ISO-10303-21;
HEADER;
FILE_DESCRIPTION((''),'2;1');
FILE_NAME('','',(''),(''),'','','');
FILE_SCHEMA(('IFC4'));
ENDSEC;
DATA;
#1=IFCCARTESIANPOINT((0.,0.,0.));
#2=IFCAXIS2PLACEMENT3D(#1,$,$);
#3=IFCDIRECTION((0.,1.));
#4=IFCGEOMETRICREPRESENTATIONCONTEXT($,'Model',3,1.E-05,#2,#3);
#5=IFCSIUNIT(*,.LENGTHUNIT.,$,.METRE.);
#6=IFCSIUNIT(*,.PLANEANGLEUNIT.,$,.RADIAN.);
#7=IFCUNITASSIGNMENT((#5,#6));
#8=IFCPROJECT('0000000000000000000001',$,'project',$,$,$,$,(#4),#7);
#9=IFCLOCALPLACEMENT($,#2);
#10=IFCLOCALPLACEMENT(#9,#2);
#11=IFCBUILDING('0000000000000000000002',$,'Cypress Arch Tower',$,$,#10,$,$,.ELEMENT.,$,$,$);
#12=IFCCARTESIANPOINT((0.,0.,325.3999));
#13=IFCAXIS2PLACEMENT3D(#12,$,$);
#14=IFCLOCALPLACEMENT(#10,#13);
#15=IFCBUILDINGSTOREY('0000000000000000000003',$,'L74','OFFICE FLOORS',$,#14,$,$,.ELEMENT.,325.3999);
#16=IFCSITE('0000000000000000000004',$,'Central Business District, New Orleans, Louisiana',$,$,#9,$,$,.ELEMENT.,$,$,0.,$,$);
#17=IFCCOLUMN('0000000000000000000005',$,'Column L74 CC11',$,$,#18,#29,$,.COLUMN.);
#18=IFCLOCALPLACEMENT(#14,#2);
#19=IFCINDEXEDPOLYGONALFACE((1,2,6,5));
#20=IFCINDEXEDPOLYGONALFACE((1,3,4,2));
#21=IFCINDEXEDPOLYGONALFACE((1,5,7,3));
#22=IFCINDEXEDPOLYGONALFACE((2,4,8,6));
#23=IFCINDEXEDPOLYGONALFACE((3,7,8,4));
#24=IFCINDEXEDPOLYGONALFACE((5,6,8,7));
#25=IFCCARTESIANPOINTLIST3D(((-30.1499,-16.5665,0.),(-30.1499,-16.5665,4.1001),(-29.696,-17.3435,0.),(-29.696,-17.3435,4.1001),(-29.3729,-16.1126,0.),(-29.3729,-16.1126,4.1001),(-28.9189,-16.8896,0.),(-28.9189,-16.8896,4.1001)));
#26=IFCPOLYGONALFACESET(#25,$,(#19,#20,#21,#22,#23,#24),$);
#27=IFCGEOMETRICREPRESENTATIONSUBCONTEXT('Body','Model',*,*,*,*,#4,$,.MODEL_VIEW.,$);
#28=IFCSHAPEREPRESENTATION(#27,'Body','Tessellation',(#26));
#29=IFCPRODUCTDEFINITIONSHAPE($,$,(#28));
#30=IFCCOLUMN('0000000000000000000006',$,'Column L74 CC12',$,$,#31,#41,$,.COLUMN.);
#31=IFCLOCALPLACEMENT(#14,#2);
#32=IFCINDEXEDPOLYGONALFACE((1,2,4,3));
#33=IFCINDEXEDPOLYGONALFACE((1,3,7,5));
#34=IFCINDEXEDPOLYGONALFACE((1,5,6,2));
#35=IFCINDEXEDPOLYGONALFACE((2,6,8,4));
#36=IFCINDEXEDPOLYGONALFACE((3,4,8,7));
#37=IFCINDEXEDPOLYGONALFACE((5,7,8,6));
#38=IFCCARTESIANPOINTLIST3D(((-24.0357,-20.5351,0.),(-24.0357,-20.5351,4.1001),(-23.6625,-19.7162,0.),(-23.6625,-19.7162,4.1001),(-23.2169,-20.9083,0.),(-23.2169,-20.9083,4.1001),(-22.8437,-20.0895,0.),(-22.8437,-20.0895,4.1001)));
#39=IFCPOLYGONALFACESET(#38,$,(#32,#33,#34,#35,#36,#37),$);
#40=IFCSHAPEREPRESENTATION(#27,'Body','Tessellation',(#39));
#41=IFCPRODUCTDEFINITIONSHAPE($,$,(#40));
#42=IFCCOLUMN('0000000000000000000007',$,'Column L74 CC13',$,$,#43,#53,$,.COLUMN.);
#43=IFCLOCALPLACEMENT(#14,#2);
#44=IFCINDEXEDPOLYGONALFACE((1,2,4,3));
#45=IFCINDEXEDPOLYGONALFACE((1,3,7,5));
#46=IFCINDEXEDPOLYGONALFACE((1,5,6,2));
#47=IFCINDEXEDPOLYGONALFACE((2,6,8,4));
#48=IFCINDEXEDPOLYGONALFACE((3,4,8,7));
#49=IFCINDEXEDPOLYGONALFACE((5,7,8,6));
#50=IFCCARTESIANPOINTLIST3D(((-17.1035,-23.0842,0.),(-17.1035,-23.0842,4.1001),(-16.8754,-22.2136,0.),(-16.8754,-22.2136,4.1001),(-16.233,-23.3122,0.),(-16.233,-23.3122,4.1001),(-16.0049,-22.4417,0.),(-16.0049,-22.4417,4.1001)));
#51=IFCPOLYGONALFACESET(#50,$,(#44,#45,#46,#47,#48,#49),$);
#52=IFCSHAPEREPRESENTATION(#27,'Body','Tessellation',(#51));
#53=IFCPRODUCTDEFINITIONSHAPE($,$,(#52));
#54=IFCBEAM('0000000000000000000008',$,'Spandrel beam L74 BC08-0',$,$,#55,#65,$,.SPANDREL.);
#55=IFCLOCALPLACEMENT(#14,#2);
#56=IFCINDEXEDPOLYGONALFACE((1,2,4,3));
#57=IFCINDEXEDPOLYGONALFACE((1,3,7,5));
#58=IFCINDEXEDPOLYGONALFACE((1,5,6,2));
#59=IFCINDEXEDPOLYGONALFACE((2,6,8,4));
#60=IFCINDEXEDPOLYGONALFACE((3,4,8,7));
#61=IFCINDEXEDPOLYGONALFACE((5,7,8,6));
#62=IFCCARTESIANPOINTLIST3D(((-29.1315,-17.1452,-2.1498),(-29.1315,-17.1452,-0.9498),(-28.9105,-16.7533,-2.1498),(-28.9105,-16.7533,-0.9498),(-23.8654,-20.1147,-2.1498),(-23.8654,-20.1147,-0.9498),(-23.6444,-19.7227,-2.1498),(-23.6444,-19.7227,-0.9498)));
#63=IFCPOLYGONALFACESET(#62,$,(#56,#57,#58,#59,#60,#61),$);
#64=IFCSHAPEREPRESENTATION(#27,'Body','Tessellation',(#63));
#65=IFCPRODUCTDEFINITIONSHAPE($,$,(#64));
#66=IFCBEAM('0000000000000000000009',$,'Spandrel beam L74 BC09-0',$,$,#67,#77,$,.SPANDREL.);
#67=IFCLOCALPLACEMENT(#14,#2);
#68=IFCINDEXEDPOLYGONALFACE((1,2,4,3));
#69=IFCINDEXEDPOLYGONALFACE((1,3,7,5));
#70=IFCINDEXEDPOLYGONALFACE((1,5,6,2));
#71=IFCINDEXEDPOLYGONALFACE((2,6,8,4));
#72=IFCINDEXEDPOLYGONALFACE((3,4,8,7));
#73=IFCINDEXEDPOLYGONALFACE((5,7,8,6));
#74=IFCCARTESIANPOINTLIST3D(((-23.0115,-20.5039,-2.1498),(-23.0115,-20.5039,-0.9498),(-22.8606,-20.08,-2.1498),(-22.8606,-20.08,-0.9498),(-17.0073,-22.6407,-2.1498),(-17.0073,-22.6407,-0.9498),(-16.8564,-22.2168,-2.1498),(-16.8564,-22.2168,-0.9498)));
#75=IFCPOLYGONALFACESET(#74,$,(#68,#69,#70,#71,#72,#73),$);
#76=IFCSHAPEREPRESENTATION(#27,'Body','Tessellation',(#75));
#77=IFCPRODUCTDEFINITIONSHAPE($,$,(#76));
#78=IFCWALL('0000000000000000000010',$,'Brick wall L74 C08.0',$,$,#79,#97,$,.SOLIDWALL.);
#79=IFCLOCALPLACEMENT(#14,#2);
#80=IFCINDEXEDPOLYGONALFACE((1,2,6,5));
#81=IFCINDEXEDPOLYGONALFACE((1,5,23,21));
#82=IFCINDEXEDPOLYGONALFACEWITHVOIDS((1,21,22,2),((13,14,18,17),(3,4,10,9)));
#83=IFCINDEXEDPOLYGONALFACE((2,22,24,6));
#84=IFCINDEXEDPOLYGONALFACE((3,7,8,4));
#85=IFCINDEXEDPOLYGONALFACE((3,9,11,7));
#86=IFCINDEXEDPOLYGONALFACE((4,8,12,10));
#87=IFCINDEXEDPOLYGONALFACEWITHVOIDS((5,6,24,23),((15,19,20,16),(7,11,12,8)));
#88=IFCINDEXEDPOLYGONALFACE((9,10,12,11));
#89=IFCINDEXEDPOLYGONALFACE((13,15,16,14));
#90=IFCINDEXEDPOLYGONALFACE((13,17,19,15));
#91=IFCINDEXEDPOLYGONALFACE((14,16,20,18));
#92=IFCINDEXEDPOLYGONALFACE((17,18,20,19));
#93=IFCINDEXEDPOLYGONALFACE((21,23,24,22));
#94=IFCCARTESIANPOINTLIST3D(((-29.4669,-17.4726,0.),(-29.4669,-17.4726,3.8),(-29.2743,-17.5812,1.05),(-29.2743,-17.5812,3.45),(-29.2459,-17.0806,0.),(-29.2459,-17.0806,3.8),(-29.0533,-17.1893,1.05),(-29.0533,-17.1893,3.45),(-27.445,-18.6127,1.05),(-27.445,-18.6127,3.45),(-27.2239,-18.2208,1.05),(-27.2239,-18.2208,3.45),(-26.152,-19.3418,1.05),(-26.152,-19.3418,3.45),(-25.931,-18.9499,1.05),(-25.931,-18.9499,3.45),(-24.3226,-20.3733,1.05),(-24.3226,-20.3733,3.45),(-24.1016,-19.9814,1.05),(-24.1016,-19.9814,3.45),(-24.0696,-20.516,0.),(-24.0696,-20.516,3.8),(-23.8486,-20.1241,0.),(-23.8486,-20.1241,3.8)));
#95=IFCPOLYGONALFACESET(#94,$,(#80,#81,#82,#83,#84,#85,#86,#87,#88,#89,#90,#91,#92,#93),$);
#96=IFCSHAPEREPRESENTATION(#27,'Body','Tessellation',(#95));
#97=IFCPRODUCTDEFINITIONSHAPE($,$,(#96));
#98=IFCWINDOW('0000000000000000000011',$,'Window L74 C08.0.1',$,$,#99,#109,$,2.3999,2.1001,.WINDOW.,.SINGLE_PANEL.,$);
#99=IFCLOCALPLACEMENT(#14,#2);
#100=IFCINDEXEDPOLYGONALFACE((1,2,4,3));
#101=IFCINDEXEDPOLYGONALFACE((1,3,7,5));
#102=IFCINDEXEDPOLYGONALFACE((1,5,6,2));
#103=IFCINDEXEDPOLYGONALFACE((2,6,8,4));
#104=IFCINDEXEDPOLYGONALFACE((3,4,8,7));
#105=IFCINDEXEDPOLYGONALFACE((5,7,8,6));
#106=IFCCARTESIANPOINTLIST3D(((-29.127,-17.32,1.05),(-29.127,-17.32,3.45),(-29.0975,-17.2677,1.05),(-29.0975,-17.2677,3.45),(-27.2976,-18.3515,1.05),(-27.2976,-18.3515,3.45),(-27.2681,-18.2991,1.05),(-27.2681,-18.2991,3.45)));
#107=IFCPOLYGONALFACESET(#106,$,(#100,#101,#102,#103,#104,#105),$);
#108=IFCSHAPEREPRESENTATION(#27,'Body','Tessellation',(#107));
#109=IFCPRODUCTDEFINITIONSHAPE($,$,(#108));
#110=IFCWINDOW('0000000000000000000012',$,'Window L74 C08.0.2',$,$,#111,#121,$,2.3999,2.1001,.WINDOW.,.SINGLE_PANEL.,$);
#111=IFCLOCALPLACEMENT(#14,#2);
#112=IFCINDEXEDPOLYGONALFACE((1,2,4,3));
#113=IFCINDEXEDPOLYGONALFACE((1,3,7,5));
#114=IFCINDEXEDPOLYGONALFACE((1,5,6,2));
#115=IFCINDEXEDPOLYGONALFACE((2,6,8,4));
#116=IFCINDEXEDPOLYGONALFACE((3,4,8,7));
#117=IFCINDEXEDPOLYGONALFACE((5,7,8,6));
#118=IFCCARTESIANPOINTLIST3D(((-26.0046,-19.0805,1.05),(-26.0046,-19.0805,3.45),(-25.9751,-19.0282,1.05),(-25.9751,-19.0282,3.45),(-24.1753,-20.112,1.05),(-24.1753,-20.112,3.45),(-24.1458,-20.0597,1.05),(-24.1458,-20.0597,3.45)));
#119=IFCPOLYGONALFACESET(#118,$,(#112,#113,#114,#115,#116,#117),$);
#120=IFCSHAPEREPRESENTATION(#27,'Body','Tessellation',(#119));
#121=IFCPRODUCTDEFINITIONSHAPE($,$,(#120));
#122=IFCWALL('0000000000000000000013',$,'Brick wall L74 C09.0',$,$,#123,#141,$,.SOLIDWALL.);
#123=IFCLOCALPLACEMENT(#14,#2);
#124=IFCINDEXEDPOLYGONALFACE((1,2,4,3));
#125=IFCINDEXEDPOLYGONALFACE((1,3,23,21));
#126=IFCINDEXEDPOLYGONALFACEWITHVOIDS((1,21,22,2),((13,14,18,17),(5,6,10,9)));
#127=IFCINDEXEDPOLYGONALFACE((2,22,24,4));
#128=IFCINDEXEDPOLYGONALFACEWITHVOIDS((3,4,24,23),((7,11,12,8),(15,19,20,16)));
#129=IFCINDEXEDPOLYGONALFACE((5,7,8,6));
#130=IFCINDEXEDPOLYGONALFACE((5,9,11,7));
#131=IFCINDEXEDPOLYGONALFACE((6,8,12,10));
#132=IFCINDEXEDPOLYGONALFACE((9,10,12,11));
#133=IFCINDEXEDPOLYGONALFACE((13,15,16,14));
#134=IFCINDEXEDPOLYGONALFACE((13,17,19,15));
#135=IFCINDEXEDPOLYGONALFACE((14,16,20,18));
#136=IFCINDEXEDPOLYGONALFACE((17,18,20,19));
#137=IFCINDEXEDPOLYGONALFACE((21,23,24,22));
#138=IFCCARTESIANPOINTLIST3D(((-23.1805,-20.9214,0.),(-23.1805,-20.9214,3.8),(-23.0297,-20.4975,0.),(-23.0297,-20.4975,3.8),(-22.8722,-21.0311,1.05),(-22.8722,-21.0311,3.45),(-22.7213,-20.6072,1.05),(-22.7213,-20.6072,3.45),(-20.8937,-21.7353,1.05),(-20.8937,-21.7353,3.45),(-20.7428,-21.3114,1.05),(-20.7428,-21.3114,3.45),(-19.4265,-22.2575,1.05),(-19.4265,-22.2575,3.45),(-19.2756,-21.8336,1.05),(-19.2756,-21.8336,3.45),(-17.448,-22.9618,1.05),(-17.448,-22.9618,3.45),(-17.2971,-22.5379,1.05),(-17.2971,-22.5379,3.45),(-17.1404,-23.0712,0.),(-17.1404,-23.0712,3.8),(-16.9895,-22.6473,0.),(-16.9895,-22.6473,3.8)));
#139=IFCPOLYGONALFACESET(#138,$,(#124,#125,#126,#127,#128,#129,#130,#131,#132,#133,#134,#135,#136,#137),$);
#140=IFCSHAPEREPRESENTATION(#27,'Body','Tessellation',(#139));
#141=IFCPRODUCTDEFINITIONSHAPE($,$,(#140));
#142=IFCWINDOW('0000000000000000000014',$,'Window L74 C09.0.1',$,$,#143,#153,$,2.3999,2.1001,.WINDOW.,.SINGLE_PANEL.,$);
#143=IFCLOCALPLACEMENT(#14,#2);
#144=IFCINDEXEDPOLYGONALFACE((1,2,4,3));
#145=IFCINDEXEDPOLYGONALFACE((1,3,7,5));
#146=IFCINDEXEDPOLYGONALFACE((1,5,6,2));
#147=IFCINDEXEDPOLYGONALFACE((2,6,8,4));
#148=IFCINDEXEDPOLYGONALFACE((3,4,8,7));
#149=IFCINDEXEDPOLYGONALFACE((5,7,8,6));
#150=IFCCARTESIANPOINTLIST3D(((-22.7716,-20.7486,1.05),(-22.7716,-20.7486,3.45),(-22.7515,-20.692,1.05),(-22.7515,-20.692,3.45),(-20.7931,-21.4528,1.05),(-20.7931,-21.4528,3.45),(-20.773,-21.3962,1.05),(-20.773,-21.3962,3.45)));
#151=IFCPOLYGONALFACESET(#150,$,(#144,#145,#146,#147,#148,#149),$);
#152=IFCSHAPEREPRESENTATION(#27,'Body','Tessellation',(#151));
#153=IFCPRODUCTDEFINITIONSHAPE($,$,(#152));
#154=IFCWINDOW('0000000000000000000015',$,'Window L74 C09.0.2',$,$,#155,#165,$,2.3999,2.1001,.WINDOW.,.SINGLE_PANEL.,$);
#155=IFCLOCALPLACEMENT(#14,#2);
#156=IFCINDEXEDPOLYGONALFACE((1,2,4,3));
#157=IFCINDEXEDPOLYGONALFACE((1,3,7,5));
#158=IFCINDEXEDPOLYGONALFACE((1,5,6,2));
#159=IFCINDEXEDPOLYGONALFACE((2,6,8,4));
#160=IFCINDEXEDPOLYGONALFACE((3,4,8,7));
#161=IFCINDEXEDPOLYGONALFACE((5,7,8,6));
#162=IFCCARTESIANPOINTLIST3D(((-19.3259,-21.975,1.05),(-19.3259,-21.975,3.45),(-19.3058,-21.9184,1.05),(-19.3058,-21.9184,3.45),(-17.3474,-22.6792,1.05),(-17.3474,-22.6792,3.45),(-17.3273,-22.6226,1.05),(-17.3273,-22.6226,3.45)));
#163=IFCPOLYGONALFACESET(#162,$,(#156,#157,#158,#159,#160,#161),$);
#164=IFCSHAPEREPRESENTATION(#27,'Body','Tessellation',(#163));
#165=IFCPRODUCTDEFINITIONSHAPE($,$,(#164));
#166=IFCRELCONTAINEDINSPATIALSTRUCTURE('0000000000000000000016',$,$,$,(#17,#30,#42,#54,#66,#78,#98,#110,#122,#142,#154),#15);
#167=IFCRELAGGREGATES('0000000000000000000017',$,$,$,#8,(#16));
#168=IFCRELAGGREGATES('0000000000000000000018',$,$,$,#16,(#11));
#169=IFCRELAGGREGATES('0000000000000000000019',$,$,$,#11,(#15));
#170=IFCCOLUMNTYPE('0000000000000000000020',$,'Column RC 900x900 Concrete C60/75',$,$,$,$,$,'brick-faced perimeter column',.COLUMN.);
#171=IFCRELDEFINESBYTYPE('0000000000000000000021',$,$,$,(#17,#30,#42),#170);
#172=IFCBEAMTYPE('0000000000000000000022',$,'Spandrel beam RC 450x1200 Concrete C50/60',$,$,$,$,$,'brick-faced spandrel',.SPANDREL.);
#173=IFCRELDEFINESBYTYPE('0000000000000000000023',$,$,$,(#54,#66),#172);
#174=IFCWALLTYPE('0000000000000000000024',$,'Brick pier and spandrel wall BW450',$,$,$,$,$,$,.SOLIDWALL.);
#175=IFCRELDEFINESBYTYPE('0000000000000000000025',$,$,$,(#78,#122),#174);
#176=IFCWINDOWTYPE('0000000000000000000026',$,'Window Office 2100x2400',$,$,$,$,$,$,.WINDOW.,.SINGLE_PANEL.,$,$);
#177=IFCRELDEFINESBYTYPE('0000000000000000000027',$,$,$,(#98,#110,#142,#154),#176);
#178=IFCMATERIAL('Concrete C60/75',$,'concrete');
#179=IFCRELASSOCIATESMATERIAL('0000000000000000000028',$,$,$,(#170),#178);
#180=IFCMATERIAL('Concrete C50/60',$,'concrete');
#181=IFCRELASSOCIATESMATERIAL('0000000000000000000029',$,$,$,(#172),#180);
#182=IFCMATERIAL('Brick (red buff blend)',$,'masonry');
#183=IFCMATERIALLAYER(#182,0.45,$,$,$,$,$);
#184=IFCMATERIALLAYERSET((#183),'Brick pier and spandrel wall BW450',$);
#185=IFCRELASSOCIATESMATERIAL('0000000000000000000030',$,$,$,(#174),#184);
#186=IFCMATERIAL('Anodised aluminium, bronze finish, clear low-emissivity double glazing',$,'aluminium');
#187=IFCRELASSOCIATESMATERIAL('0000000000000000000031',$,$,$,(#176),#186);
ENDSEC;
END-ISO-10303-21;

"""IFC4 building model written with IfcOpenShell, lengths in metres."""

from ifc_helpers import new_model, si_unit, direction, frame, frame_2d, origin, origin_2d, place, context, subcontext, project, spatial, rectangle, extrude, material, layer, layer_set, material_profile, profile_set, type_object, element, fill, save


model = new_model("IFC4")

# Units and contexts
model_context = context("Model", 3, precision=1e-05, world=origin(), true_north=direction((0.0, 1.0)))
body_context = subcontext(model_context, "Body", "Model", "MODEL_VIEW")
ifc_project = project(units=[si_unit("LENGTHUNIT", "METRE"), si_unit("PLANEANGLEUNIT", "RADIAN")], contexts=[model_context])

# Site, building, storey
site_placement = place(None, origin())
site = spatial("IfcSite", under=ifc_project, at=site_placement, Name="Central Business District, New Orleans, Louisiana", CompositionType="ELEMENT", RefElevation=0.0)
building_placement = place(site_placement, origin())
building = spatial("IfcBuilding", under=site, at=building_placement, Name="Cypress Arch Tower", CompositionType="ELEMENT")
storey_placement = place(building_placement, frame((0.0, 0.0, 325.3999)))
storey = spatial("IfcBuildingStorey", under=building, at=storey_placement, Name="L74", Description="OFFICE FLOORS", CompositionType="ELEMENT", Elevation=325.3999)

# Columns
ifc_material_1 = material(Name="Concrete C60/75", Category="concrete")
ifc_material_profile_1 = material_profile(ifc_material_1, rectangle(XDim=0.8999, YDim=0.8999, at=origin_2d()), Name="RC 900x900")
ifc_profile_set_1 = profile_set([ifc_material_profile_1], Name="Concrete C60/75")
column_type = type_object("IfcColumnType", Name="Column RC 900x900 Concrete C60/75", ElementType="brick-faced perimeter column", PredefinedType="COLUMN", material=ifc_profile_set_1)
for number, where, z_axis, x_axis, name in (
    (1, (-29.5344, -16.728, 0.0), (0.0, 0.0, 1.0), (0.504399, -0.863471, 0.0), "Column L74 CC11"),
    (2, (-23.4397, -20.3123, 0.0), (0.0, 0.0, 1.0), (0.909932, -0.414757, 0.0), "Column L74 CC12"),
    (3, (-16.5542, -22.7629, 0.0), (0.0, 0.0, 1.0), (0.967356, -0.253422, 0.0), "Column L74 CC13"),
):
    element("IfcColumn", number, at=place(storey_placement, frame(where, z_axis=z_axis, x_axis=x_axis)), inside=storey, type_object=column_type, Name=name, PredefinedType="COLUMN", context=body_context, shape_type="SweptSolid", body=[
        extrude(rectangle(XDim=0.8999, YDim=0.8999, at=origin_2d()), origin(), (0.0, 0.0, 1.0), 4.1001),
    ])

# Beams
ifc_material_2 = material(Name="Concrete C50/60", Category="concrete")
ifc_material_profile_2 = material_profile(ifc_material_2, rectangle(XDim=0.45, YDim=1.2, at=origin_2d()), Name="RC 450x1200")
ifc_profile_set_2 = profile_set([ifc_material_profile_2], Name="Concrete C50/60")
beam_type = type_object("IfcBeamType", Name="Spandrel beam RC 450x1200 Concrete C50/60", ElementType="brick-faced spandrel", PredefinedType="SPANDREL", material=ifc_profile_set_2)
beam_1_placement = place(storey_placement, frame((-29.021, -16.9492, -1.5498), z_axis=(0.87106, -0.491177, 0.0), x_axis=(0.491177, 0.87106, 0.0)))
element("IfcBeam", 4, at=beam_1_placement, inside=storey, type_object=beam_type, Name="Spandrel beam L74 BC08-0", PredefinedType="SPANDREL", context=body_context, shape_type="SweptSolid", body=[
    extrude(rectangle(XDim=0.45, YDim=1.2, at=origin_2d()), origin(), (0.0, 0.0, 1.0), 6.0457),
])
beam_2_placement = place(storey_placement, frame((-22.936, -20.292, -1.5498), z_axis=(0.94212, -0.335276, 0.0), x_axis=(0.335276, 0.94212, 0.0)))
element("IfcBeam", 5, at=beam_2_placement, inside=storey, type_object=beam_type, Name="Spandrel beam L74 BC09-0", PredefinedType="SPANDREL", context=body_context, shape_type="SweptSolid", body=[
    extrude(rectangle(XDim=0.45, YDim=1.2, at=origin_2d()), origin(), (0.0, 0.0, 1.0), 6.373),
])

# Walls, openings, windows
ifc_material_3 = material(Name="Brick (red buff blend)", Category="masonry")
ifc_layer_1 = layer(ifc_material_3, 0.45)
ifc_layer_set_1 = layer_set([ifc_layer_1], Name="Brick pier and spandrel wall BW450")
wall_type_1 = type_object("IfcWallType", Name="Brick pier and spandrel wall BW450", PredefinedType="SOLIDWALL", material=ifc_layer_set_1)
wall_1_placement = place(storey_placement, frame((-29.3564, -17.2766, 0.0), z_axis=(0.0, 0.0, 1.0), x_axis=(0.871066, -0.491166, 0.0)))
wall_1 = element("IfcWall", 6, at=wall_1_placement, inside=storey, type_object=wall_type_1, Name="Brick wall L74 C08.0", PredefinedType="SOLIDWALL", context=body_context, shape_type="SweptSolid", body=[
    extrude(rectangle(XDim=6.1963, YDim=0.45, at=frame_2d((3.0981, 0.0))), origin(), (0.0, 0.0, 1.0), 3.8),
])
opening_1_placement = place(wall_1_placement, frame((0.2212, 0.0, 1.05)))
opening_1 = element("IfcOpeningElement", 7, at=opening_1_placement, cuts=wall_1, PredefinedType="OPENING", context=body_context, shape_type="SweptSolid", body=[
    extrude(rectangle(XDim=2.1001, YDim=2.3999, at=frame_2d((1.05, 1.2))), frame((0.0, 0.2349, 0.0), z_axis=(0.0, -1.0, 0.0), x_axis=(1.0, 0.0, 0.0)), (0.0, 0.0, 1.0), 0.47),
])
opening_2_placement = place(wall_1_placement, frame((3.8057, 0.0, 1.05)))
opening_2 = element("IfcOpeningElement", 8, at=opening_2_placement, cuts=wall_1, PredefinedType="OPENING", context=body_context, shape_type="SweptSolid", body=[
    extrude(rectangle(XDim=2.1001, YDim=2.3999, at=frame_2d((1.05, 1.2))), frame((0.0, 0.2349, 0.0), z_axis=(0.0, -1.0, 0.0), x_axis=(1.0, 0.0, 0.0)), (0.0, 0.0, 1.0), 0.47),
])
ifc_material_4 = material(Name="Anodised aluminium, bronze finish, clear low-emissivity double glazing", Category="aluminium")
window_type = type_object("IfcWindowType", Name="Window Office 2100x2400", PartitioningType="SINGLE_PANEL", PredefinedType="WINDOW", material=ifc_material_4)
window_1_placement = place(opening_1_placement, origin())
window_1 = element("IfcWindow", 9, at=window_1_placement, inside=storey, type_object=window_type, Name="Window L74 C08.0.1", OverallHeight=2.3999, OverallWidth=2.1001, PartitioningType="SINGLE_PANEL", PredefinedType="WINDOW", context=body_context, shape_type="SweptSolid", body=[
    extrude(rectangle(XDim=2.1001, YDim=2.3999, at=frame_2d((1.05, 1.2))), frame((0.0, 0.135, 0.0), z_axis=(0.0, -1.0, 0.0), x_axis=(1.0, 0.0, 0.0)), (0.0, 0.0, 1.0), 0.0601),
])
fill(opening_1, window_1)
window_2_placement = place(opening_2_placement, origin())
window_2 = element("IfcWindow", 10, at=window_2_placement, inside=storey, type_object=window_type, Name="Window L74 C08.0.2", OverallHeight=2.3999, OverallWidth=2.1001, PartitioningType="SINGLE_PANEL", PredefinedType="WINDOW", context=body_context, shape_type="SweptSolid", body=[
    extrude(rectangle(XDim=2.1001, YDim=2.3999, at=frame_2d((1.05, 1.2))), frame((0.0, 0.135, 0.0), z_axis=(0.0, -1.0, 0.0), x_axis=(1.0, 0.0, 0.0)), (0.0, 0.0, 1.0), 0.0601),
])
fill(opening_2, window_2)
wall_2_placement = place(storey_placement, frame((-23.105, -20.7095, 0.0), z_axis=(0.0, 0.0, 1.0), x_axis=(0.942104, -0.335321, 0.0)))
wall_2 = element("IfcWall", 11, at=wall_2_placement, inside=storey, type_object=wall_type_1, Name="Brick wall L74 C09.0", PredefinedType="SOLIDWALL", context=body_context, shape_type="SweptSolid", body=[
    extrude(rectangle(XDim=6.4114, YDim=0.45, at=frame_2d((3.2056, 0.0))), origin(), (0.0, 0.0, 1.0), 3.8),
])
opening_3_placement = place(wall_2_placement, frame((0.3271, 0.0, 1.05)))
opening_3 = element("IfcOpeningElement", 12, at=opening_3_placement, cuts=wall_2, PredefinedType="OPENING", context=body_context, shape_type="SweptSolid", body=[
    extrude(rectangle(XDim=2.1001, YDim=2.3999, at=frame_2d((1.05, 1.2))), frame((0.0, 0.2349, 0.0), z_axis=(0.0, -1.0, 0.0), x_axis=(1.0, 0.0, 0.0)), (0.0, 0.0, 1.0), 0.47),
])
opening_4_placement = place(wall_2_placement, frame((3.9846, 0.0, 1.05)))
opening_4 = element("IfcOpeningElement", 13, at=opening_4_placement, cuts=wall_2, PredefinedType="OPENING", context=body_context, shape_type="SweptSolid", body=[
    extrude(rectangle(XDim=2.1001, YDim=2.3999, at=frame_2d((1.05, 1.2))), frame((0.0, 0.2349, 0.0), z_axis=(0.0, -1.0, 0.0), x_axis=(1.0, 0.0, 0.0)), (0.0, 0.0, 1.0), 0.47),
])
window_3_placement = place(opening_3_placement, origin())
window_3 = element("IfcWindow", 14, at=window_3_placement, inside=storey, type_object=window_type, Name="Window L74 C09.0.1", OverallHeight=2.3999, OverallWidth=2.1001, PartitioningType="SINGLE_PANEL", PredefinedType="WINDOW", context=body_context, shape_type="SweptSolid", body=[
    extrude(rectangle(XDim=2.1001, YDim=2.3999, at=frame_2d((1.05, 1.2))), frame((0.0, 0.135, 0.0), z_axis=(0.0, -1.0, 0.0), x_axis=(1.0, 0.0, 0.0)), (0.0, 0.0, 1.0), 0.0601),
])
fill(opening_3, window_3)
window_4_placement = place(opening_4_placement, origin())
window_4 = element("IfcWindow", 15, at=window_4_placement, inside=storey, type_object=window_type, Name="Window L74 C09.0.2", OverallHeight=2.3999, OverallWidth=2.1001, PartitioningType="SINGLE_PANEL", PredefinedType="WINDOW", context=body_context, shape_type="SweptSolid", body=[
    extrude(rectangle(XDim=2.1001, YDim=2.3999, at=frame_2d((1.05, 1.2))), frame((0.0, 0.135, 0.0), z_axis=(0.0, -1.0, 0.0), x_axis=(1.0, 0.0, 0.0)), (0.0, 0.0, 1.0), 0.0601),
])
fill(opening_4, window_4)

save(model, "model.ifc")
